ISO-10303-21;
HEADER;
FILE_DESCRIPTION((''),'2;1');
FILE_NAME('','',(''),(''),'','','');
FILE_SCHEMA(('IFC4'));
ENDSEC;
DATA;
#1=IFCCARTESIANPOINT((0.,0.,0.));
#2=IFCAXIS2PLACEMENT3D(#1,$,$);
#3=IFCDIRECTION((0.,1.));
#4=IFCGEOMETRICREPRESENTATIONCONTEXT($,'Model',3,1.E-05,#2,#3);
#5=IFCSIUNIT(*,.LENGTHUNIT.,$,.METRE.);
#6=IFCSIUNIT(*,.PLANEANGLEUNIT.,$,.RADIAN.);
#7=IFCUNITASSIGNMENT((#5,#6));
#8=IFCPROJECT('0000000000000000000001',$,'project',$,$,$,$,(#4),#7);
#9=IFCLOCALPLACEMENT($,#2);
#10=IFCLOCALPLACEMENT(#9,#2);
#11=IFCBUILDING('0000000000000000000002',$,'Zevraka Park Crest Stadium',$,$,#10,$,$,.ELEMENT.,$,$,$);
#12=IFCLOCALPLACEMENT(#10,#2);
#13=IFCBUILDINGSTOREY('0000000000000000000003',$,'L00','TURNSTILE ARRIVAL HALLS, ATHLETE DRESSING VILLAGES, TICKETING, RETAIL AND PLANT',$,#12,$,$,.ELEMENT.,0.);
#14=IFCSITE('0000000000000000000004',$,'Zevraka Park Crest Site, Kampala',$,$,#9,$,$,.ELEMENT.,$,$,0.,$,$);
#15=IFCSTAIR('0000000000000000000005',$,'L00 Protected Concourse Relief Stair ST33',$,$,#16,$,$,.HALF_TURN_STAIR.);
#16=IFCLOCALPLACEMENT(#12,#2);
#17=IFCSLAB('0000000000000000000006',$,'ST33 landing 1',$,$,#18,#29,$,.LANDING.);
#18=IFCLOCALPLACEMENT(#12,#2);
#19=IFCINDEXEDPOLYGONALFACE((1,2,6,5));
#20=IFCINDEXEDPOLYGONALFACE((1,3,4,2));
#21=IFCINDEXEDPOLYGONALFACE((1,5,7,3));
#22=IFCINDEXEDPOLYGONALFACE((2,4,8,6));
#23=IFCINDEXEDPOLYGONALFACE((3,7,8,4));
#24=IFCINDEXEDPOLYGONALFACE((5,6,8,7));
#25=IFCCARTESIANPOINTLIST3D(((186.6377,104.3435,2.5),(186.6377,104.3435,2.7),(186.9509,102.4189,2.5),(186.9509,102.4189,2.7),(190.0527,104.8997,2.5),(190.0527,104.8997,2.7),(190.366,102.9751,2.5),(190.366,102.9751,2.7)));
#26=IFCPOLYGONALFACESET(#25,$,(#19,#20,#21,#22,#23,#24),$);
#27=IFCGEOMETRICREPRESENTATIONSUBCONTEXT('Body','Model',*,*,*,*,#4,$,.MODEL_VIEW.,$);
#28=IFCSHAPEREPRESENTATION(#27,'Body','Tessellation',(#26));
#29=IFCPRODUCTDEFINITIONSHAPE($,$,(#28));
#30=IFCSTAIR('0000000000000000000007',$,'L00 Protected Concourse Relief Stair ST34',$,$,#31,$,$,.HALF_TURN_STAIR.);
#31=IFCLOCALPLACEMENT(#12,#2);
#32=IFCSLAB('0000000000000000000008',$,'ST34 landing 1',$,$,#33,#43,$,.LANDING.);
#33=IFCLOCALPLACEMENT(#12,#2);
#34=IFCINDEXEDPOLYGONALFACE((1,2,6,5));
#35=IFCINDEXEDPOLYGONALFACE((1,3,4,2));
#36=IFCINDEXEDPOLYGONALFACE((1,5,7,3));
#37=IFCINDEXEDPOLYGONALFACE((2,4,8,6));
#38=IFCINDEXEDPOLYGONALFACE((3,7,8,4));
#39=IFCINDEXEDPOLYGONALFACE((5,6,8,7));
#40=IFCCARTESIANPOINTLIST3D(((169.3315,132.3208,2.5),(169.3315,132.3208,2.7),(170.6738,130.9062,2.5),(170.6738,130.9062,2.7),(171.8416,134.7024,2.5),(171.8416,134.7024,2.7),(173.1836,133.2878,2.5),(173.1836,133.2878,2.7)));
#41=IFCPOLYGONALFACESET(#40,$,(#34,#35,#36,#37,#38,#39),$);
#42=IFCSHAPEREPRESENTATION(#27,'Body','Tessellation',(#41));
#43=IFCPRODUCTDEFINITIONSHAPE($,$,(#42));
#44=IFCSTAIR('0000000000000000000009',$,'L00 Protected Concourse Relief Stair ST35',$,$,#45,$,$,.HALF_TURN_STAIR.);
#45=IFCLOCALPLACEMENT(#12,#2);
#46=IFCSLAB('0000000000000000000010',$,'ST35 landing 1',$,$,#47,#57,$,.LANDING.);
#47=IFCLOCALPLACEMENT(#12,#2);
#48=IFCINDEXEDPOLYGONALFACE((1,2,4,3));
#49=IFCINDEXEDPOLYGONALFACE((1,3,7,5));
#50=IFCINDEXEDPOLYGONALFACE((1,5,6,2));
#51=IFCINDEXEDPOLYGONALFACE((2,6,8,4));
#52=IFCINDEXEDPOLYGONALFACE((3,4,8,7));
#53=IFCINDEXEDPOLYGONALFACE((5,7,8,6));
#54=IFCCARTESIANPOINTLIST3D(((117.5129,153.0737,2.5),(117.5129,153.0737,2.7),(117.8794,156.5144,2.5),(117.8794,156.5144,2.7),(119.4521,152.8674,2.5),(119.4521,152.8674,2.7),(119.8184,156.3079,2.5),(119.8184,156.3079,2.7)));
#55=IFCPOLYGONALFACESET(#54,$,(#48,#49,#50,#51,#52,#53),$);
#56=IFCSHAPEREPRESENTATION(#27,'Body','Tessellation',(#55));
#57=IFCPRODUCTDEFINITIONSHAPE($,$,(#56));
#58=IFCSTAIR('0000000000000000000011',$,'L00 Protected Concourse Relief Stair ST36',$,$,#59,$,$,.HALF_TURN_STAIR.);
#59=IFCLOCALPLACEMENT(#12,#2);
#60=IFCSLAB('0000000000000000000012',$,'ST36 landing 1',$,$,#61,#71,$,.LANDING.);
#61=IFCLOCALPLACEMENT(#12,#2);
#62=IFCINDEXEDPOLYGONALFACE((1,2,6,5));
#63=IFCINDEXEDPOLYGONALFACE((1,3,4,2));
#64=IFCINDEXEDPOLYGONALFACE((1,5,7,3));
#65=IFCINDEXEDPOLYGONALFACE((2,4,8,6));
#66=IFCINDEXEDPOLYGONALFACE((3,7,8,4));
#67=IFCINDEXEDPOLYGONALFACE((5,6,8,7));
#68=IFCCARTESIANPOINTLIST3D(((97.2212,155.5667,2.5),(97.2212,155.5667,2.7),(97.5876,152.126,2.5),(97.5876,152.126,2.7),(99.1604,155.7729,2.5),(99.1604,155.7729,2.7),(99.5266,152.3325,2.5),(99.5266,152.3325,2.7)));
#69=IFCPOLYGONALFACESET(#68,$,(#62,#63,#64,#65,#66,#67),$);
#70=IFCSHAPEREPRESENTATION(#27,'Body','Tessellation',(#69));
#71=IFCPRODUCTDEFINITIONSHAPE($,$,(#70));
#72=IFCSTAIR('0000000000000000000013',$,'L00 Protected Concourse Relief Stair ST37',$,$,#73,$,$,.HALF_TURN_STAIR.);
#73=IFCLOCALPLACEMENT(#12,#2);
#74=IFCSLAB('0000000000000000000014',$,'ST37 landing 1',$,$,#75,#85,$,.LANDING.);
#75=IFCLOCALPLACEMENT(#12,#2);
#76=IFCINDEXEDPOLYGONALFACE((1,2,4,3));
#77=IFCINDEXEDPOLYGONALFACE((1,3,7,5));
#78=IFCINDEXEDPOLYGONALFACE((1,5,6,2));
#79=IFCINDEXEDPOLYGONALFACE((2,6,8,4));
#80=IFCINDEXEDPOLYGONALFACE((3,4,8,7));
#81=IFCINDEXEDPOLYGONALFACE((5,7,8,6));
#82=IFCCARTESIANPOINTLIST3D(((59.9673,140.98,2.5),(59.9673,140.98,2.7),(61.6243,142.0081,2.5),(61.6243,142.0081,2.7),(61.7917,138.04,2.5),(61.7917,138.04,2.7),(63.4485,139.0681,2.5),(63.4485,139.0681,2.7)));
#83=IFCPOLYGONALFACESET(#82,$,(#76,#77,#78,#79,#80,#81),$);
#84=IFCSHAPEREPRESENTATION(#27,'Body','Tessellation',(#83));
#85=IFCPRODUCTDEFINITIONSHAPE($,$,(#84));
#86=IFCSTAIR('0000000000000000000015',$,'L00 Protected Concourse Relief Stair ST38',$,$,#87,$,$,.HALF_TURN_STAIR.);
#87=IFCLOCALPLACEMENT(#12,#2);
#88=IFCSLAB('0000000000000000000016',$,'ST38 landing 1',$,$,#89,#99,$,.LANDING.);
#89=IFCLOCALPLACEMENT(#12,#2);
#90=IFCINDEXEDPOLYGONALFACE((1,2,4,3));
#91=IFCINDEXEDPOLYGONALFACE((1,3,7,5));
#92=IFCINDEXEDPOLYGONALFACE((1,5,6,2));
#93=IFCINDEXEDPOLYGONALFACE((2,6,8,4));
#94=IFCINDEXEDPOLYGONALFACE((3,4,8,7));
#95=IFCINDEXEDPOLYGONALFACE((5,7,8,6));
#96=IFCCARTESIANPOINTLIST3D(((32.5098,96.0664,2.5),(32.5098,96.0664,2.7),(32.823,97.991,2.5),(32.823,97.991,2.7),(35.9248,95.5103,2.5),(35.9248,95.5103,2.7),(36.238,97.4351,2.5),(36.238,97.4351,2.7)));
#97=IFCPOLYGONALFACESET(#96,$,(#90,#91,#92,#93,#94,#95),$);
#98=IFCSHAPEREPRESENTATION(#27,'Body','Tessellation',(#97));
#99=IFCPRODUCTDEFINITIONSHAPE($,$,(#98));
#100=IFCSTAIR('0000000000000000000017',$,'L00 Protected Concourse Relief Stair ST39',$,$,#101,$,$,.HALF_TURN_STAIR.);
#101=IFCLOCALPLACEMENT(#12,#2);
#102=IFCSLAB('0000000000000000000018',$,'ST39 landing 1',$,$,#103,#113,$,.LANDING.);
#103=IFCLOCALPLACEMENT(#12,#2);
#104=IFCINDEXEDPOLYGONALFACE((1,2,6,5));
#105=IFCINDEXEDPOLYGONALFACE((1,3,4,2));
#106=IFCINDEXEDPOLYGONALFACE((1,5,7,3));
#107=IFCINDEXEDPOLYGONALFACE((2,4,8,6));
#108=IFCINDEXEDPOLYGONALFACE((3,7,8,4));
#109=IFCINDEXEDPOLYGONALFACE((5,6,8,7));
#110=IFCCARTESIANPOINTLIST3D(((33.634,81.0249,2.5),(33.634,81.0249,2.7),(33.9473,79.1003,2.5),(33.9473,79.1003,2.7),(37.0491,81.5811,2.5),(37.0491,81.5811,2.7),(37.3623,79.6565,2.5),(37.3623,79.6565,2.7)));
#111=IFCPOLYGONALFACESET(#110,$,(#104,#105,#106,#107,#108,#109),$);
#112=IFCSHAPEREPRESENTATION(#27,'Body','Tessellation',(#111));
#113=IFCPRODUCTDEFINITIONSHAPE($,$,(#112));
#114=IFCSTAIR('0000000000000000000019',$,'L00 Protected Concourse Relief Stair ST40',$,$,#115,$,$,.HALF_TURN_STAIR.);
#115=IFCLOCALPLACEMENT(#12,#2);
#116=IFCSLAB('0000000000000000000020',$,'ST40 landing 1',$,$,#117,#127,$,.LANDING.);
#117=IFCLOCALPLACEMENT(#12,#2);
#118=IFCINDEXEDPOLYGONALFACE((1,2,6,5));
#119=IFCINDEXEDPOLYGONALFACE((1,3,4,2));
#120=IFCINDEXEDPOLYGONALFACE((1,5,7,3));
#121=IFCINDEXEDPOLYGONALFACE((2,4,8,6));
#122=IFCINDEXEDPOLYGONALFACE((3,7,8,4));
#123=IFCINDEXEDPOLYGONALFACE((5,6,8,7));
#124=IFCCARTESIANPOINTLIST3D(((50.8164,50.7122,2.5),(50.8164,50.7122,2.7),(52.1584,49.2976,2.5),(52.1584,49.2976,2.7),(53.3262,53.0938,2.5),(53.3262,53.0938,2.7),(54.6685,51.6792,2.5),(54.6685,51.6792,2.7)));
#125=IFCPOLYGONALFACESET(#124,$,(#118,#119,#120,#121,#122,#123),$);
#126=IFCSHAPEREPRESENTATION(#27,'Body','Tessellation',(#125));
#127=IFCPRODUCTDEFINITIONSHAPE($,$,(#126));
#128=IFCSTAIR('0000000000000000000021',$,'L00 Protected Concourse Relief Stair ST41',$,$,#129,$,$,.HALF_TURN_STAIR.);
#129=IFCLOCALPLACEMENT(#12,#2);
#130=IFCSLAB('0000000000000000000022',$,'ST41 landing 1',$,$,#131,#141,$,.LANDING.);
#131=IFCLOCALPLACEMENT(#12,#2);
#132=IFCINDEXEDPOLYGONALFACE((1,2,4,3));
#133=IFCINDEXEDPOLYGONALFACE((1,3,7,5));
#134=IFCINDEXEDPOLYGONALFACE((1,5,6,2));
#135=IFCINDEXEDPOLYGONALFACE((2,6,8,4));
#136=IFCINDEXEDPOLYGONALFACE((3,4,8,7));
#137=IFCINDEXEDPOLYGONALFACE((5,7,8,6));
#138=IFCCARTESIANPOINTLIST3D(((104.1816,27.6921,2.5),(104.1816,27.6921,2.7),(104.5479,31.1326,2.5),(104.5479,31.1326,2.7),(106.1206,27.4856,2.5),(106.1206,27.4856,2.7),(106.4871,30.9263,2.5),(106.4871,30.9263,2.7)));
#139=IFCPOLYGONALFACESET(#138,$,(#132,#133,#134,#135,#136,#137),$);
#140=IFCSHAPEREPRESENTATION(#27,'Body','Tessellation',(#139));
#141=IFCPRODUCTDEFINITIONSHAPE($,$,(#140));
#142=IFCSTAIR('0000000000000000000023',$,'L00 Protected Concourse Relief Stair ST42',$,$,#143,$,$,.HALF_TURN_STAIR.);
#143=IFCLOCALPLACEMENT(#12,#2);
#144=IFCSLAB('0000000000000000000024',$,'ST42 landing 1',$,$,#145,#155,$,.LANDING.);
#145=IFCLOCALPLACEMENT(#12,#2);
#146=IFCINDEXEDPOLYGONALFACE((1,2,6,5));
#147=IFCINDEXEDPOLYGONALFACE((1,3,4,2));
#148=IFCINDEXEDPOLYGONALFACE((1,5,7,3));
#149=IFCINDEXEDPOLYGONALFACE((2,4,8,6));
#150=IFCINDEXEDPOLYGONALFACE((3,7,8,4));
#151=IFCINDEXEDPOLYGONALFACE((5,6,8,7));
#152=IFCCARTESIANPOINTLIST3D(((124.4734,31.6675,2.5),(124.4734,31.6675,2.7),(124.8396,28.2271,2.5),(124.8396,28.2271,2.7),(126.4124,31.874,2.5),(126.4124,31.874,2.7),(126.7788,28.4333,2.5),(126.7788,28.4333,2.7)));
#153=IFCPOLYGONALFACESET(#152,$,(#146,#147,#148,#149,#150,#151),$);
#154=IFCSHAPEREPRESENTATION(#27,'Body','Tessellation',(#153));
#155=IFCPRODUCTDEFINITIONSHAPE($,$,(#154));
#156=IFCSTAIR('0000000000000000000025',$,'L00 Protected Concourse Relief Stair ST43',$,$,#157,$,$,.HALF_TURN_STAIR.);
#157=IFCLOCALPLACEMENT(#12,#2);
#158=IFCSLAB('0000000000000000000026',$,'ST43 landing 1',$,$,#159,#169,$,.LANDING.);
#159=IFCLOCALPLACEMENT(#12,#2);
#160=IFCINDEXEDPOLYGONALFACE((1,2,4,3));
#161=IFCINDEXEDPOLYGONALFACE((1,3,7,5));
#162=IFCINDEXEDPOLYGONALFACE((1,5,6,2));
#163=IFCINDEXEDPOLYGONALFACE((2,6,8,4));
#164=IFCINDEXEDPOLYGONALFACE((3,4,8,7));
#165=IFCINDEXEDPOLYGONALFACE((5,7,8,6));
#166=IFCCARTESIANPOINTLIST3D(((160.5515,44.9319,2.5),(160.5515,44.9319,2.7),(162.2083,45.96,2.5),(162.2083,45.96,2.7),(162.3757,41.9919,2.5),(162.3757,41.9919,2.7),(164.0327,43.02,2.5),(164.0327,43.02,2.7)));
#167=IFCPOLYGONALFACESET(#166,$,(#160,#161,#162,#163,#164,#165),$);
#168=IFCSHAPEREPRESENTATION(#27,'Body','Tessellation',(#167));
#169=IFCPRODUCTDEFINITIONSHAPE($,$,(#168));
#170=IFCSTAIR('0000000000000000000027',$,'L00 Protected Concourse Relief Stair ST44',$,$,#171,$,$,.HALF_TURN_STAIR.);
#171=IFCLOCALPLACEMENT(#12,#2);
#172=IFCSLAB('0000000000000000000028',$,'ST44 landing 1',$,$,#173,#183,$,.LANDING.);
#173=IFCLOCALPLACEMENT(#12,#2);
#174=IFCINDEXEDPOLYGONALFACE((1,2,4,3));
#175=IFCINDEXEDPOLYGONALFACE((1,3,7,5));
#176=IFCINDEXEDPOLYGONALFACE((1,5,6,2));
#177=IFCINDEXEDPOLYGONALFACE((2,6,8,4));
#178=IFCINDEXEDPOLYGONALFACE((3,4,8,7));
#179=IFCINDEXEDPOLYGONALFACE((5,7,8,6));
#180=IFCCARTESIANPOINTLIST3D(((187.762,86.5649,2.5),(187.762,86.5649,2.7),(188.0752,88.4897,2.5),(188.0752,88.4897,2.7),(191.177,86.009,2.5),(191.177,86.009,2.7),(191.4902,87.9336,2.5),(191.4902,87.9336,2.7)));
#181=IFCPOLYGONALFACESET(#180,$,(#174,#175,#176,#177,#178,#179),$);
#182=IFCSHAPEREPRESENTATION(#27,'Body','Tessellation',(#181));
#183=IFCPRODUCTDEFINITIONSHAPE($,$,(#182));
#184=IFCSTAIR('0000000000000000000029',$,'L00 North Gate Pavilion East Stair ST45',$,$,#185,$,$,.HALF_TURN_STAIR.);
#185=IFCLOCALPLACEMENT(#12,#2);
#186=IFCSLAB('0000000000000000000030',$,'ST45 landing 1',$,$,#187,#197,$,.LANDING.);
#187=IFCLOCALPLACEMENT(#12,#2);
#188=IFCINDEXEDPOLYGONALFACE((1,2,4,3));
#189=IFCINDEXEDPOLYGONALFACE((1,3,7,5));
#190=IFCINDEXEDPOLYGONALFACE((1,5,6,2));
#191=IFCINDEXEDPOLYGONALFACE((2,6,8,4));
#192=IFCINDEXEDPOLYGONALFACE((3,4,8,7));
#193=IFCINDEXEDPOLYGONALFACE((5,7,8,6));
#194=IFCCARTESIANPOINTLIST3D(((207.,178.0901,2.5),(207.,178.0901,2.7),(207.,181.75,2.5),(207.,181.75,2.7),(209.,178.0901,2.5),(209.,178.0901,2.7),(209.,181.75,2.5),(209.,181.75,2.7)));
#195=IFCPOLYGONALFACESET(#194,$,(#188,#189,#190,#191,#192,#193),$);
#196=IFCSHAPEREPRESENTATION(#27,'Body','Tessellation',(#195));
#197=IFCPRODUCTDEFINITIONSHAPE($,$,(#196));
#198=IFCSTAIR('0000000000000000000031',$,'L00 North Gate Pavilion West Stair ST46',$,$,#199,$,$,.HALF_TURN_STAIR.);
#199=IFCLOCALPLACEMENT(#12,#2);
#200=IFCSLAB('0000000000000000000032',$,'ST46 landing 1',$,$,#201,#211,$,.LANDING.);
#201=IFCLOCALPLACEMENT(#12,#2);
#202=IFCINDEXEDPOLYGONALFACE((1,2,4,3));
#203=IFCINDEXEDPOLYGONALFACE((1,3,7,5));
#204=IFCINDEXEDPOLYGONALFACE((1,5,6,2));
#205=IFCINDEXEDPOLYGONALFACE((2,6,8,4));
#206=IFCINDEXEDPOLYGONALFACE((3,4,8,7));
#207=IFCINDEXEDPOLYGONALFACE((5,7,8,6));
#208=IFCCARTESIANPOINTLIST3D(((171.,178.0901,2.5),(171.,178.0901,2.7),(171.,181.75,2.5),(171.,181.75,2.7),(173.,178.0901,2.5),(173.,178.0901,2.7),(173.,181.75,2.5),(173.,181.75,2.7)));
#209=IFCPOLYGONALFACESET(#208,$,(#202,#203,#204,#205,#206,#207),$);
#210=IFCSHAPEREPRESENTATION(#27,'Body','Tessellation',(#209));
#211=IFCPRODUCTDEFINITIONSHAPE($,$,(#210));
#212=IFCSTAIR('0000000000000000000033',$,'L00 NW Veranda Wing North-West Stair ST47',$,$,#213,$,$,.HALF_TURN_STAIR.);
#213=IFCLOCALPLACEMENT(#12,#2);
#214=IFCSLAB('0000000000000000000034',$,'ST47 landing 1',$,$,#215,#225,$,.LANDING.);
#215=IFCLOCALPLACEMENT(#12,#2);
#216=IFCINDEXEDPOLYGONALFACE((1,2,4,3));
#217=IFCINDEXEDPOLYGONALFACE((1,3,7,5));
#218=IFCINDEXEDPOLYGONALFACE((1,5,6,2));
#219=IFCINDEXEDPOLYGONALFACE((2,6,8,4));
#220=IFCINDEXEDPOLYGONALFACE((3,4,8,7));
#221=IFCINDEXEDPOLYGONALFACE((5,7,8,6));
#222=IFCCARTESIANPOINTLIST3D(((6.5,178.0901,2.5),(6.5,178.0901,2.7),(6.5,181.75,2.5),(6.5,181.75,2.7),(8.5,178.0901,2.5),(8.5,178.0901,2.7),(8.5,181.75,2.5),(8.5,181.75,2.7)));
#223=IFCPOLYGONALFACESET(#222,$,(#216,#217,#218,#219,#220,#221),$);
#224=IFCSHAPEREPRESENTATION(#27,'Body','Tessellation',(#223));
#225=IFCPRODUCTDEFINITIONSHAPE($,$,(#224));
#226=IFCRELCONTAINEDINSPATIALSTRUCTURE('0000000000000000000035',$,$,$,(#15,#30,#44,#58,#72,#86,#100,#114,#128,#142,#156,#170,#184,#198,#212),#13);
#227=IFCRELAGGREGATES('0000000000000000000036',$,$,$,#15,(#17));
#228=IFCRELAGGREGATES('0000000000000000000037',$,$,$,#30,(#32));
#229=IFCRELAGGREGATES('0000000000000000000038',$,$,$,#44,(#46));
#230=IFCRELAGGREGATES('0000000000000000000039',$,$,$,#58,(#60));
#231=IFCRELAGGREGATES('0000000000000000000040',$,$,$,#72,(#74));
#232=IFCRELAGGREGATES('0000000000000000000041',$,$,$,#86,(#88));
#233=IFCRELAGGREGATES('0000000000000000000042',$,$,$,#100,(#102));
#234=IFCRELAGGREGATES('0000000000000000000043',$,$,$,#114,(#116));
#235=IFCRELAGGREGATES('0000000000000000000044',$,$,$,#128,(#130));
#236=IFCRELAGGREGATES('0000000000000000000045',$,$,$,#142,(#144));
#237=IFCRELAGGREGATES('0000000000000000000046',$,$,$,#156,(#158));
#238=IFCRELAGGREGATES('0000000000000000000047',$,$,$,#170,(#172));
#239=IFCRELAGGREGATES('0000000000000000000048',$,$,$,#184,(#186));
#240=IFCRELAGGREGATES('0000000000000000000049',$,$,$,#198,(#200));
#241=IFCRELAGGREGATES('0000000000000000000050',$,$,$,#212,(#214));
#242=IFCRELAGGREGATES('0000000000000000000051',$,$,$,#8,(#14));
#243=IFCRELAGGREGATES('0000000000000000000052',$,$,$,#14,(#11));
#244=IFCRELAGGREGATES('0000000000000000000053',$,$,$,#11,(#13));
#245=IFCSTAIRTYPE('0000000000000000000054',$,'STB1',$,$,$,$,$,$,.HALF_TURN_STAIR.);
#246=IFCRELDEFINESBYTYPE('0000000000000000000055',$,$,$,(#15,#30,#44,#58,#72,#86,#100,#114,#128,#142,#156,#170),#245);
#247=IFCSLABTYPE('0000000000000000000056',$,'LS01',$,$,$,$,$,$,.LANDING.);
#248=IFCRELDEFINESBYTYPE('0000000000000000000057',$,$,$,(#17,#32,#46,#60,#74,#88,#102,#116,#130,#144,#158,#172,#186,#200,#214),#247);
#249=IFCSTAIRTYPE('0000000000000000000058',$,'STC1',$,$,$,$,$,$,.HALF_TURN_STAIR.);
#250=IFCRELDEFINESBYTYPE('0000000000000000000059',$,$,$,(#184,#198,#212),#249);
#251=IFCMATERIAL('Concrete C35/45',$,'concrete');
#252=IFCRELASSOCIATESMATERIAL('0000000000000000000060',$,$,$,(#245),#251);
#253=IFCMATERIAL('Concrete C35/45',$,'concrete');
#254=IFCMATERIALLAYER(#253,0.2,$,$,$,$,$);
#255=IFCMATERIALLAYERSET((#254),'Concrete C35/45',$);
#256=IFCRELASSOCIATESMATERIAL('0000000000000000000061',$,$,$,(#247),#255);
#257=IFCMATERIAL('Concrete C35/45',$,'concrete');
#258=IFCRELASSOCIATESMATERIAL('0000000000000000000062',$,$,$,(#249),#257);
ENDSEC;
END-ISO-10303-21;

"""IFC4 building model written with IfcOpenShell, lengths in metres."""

from ifc_helpers import new_model, si_unit, direction, frame, origin, place, context, subcontext, project, spatial, polyline, outline, extrude, material, layer, layer_set, type_object, element, aggregate, save


model = new_model("IFC4")

# Units and contexts
model_context = context("Model", 3, precision=1e-05, world=origin(), true_north=direction((0.0, 1.0)))
body_context = subcontext(model_context, "Body", "Model", "MODEL_VIEW")
ifc_project = project(units=[si_unit("LENGTHUNIT", "METRE"), si_unit("PLANEANGLEUNIT", "RADIAN")], contexts=[model_context])

# Site, building, storey
site_placement = place(None, origin())
site = spatial("IfcSite", under=ifc_project, at=site_placement, Name="Zevraka Park Crest Site, Kampala", CompositionType="ELEMENT", RefElevation=0.0)
building_placement = place(site_placement, origin())
building = spatial("IfcBuilding", under=site, at=building_placement, Name="Zevraka Park Crest Stadium", CompositionType="ELEMENT")
storey_placement = place(building_placement, origin())
storey = spatial("IfcBuildingStorey", under=building, at=storey_placement, Name="L00", Description="TURNSTILE ARRIVAL HALLS, ATHLETE DRESSING VILLAGES, TICKETING, RETAIL AND PLANT", CompositionType="ELEMENT", Elevation=0.0)

# Stairs, slabs
ifc_material_1 = material(Name="Concrete C35/45", Category="concrete")
stair_type_1 = type_object("IfcStairType", Name="STB1", PredefinedType="HALF_TURN_STAIR", material=ifc_material_1)
stair_1_placement = place(storey_placement, origin())
stair_1 = element("IfcStair", 1, at=stair_1_placement, inside=storey, type_object=stair_type_1, Name="L00 Protected Concourse Relief Stair ST33", PredefinedType="HALF_TURN_STAIR")
ifc_material_2 = material(Name="Concrete C35/45", Category="concrete")
ifc_layer = layer(ifc_material_2, 0.2)
ifc_layer_set = layer_set([ifc_layer], Name="Concrete C35/45")
slab_type = type_object("IfcSlabType", Name="LS01", PredefinedType="LANDING", material=ifc_layer_set)
slab_1_placement = place(storey_placement, frame((0.0, 0.0, 2.5)))
slab_1 = element("IfcSlab", 2, at=slab_1_placement, type_object=slab_type, Name="ST33 landing 1", PredefinedType="LANDING", context=body_context, shape_type="SweptSolid", body=[
    extrude(outline(polyline([(190.366, 102.9751), (190.0527, 104.8997), (186.6377, 104.3435), (186.9509, 102.4189), (190.366, 102.9751)])), origin(), (0.0, 0.0, 1.0), 0.2),
])
aggregate(stair_1, [slab_1])
stair_2_placement = place(storey_placement, origin())
stair_2 = element("IfcStair", 3, at=stair_2_placement, inside=storey, type_object=stair_type_1, Name="L00 Protected Concourse Relief Stair ST34", PredefinedType="HALF_TURN_STAIR")
slab_2_placement = place(storey_placement, frame((0.0, 0.0, 2.5)))
slab_2 = element("IfcSlab", 4, at=slab_2_placement, type_object=slab_type, Name="ST34 landing 1", PredefinedType="LANDING", context=body_context, shape_type="SweptSolid", body=[
    extrude(outline(polyline([(173.1836, 133.2878), (171.8416, 134.7024), (169.3315, 132.3208), (170.6738, 130.9062), (173.1836, 133.2878)])), origin(), (0.0, 0.0, 1.0), 0.2),
])
aggregate(stair_2, [slab_2])
stair_3_placement = place(storey_placement, origin())
stair_3 = element("IfcStair", 5, at=stair_3_placement, inside=storey, type_object=stair_type_1, Name="L00 Protected Concourse Relief Stair ST35", PredefinedType="HALF_TURN_STAIR")
slab_3_placement = place(storey_placement, frame((0.0, 0.0, 2.5)))
slab_3 = element("IfcSlab", 6, at=slab_3_placement, type_object=slab_type, Name="ST35 landing 1", PredefinedType="LANDING", context=body_context, shape_type="SweptSolid", body=[
    extrude(outline(polyline([(119.8184, 156.3079), (117.8794, 156.5144), (117.5129, 153.0737), (119.4521, 152.8674), (119.8184, 156.3079)])), origin(), (0.0, 0.0, 1.0), 0.2),
])
aggregate(stair_3, [slab_3])
stair_4_placement = place(storey_placement, origin())
stair_4 = element("IfcStair", 7, at=stair_4_placement, inside=storey, type_object=stair_type_1, Name="L00 Protected Concourse Relief Stair ST36", PredefinedType="HALF_TURN_STAIR")
slab_4_placement = place(storey_placement, frame((0.0, 0.0, 2.5)))
slab_4 = element("IfcSlab", 8, at=slab_4_placement, type_object=slab_type, Name="ST36 landing 1", PredefinedType="LANDING", context=body_context, shape_type="SweptSolid", body=[
    extrude(outline(polyline([(99.1604, 155.7729), (97.2212, 155.5667), (97.5876, 152.126), (99.5266, 152.3325), (99.1604, 155.7729)])), origin(), (0.0, 0.0, 1.0), 0.2),
])
aggregate(stair_4, [slab_4])
stair_5_placement = place(storey_placement, origin())
stair_5 = element("IfcStair", 9, at=stair_5_placement, inside=storey, type_object=stair_type_1, Name="L00 Protected Concourse Relief Stair ST37", PredefinedType="HALF_TURN_STAIR")
slab_5_placement = place(storey_placement, frame((0.0, 0.0, 2.5)))
slab_5 = element("IfcSlab", 10, at=slab_5_placement, type_object=slab_type, Name="ST37 landing 1", PredefinedType="LANDING", context=body_context, shape_type="SweptSolid", body=[
    extrude(outline(polyline([(61.6243, 142.0081), (59.9673, 140.98), (61.7917, 138.04), (63.4485, 139.0681), (61.6243, 142.0081)])), origin(), (0.0, 0.0, 1.0), 0.2),
])
aggregate(stair_5, [slab_5])
stair_6_placement = place(storey_placement, origin())
stair_6 = element("IfcStair", 11, at=stair_6_placement, inside=storey, type_object=stair_type_1, Name="L00 Protected Concourse Relief Stair ST38", PredefinedType="HALF_TURN_STAIR")
slab_6_placement = place(storey_placement, frame((0.0, 0.0, 2.5)))
slab_6 = element("IfcSlab", 12, at=slab_6_placement, type_object=slab_type, Name="ST38 landing 1", PredefinedType="LANDING", context=body_context, shape_type="SweptSolid", body=[
    extrude(outline(polyline([(32.823, 97.991), (32.5098, 96.0664), (35.9248, 95.5103), (36.238, 97.4351), (32.823, 97.991)])), origin(), (0.0, 0.0, 1.0), 0.2),
])
aggregate(stair_6, [slab_6])
stair_7_placement = place(storey_placement, origin())
stair_7 = element("IfcStair", 13, at=stair_7_placement, inside=storey, type_object=stair_type_1, Name="L00 Protected Concourse Relief Stair ST39", PredefinedType="HALF_TURN_STAIR")
slab_7_placement = place(storey_placement, frame((0.0, 0.0, 2.5)))
slab_7 = element("IfcSlab", 14, at=slab_7_placement, type_object=slab_type, Name="ST39 landing 1", PredefinedType="LANDING", context=body_context, shape_type="SweptSolid", body=[
    extrude(outline(polyline([(33.634, 81.0249), (33.9473, 79.1003), (37.3623, 79.6565), (37.0491, 81.5811), (33.634, 81.0249)])), origin(), (0.0, 0.0, 1.0), 0.2),
])
aggregate(stair_7, [slab_7])
stair_8_placement = place(storey_placement, origin())
stair_8 = element("IfcStair", 15, at=stair_8_placement, inside=storey, type_object=stair_type_1, Name="L00 Protected Concourse Relief Stair ST40", PredefinedType="HALF_TURN_STAIR")
slab_8_placement = place(storey_placement, frame((0.0, 0.0, 2.5)))
slab_8 = element("IfcSlab", 16, at=slab_8_placement, type_object=slab_type, Name="ST40 landing 1", PredefinedType="LANDING", context=body_context, shape_type="SweptSolid", body=[
    extrude(outline(polyline([(50.8164, 50.7122), (52.1584, 49.2976), (54.6685, 51.6792), (53.3262, 53.0938), (50.8164, 50.7122)])), origin(), (0.0, 0.0, 1.0), 0.2),
])
aggregate(stair_8, [slab_8])
stair_9_placement = place(storey_placement, origin())
stair_9 = element("IfcStair", 17, at=stair_9_placement, inside=storey, type_object=stair_type_1, Name="L00 Protected Concourse Relief Stair ST41", PredefinedType="HALF_TURN_STAIR")
slab_9_placement = place(storey_placement, frame((0.0, 0.0, 2.5)))
slab_9 = element("IfcSlab", 18, at=slab_9_placement, type_object=slab_type, Name="ST41 landing 1", PredefinedType="LANDING", context=body_context, shape_type="SweptSolid", body=[
    extrude(outline(polyline([(104.1816, 27.6921), (106.1206, 27.4856), (106.4871, 30.9263), (104.5479, 31.1326), (104.1816, 27.6921)])), origin(), (0.0, 0.0, 1.0), 0.2),
])
aggregate(stair_9, [slab_9])
stair_10_placement = place(storey_placement, origin())
stair_10 = element("IfcStair", 19, at=stair_10_placement, inside=storey, type_object=stair_type_1, Name="L00 Protected Concourse Relief Stair ST42", PredefinedType="HALF_TURN_STAIR")
slab_10_placement = place(storey_placement, frame((0.0, 0.0, 2.5)))
slab_10 = element("IfcSlab", 20, at=slab_10_placement, type_object=slab_type, Name="ST42 landing 1", PredefinedType="LANDING", context=body_context, shape_type="SweptSolid", body=[
    extrude(outline(polyline([(124.8396, 28.2271), (126.7788, 28.4333), (126.4124, 31.874), (124.4734, 31.6675), (124.8396, 28.2271)])), origin(), (0.0, 0.0, 1.0), 0.2),
])
aggregate(stair_10, [slab_10])
stair_11_placement = place(storey_placement, origin())
stair_11 = element("IfcStair", 21, at=stair_11_placement, inside=storey, type_object=stair_type_1, Name="L00 Protected Concourse Relief Stair ST43", PredefinedType="HALF_TURN_STAIR")
slab_11_placement = place(storey_placement, frame((0.0, 0.0, 2.5)))
slab_11 = element("IfcSlab", 22, at=slab_11_placement, type_object=slab_type, Name="ST43 landing 1", PredefinedType="LANDING", context=body_context, shape_type="SweptSolid", body=[
    extrude(outline(polyline([(162.3757, 41.9919), (164.0327, 43.02), (162.2083, 45.96), (160.5515, 44.9319), (162.3757, 41.9919)])), origin(), (0.0, 0.0, 1.0), 0.2),
])
aggregate(stair_11, [slab_11])
stair_12_placement = place(storey_placement, origin())
stair_12 = element("IfcStair", 23, at=stair_12_placement, inside=storey, type_object=stair_type_1, Name="L00 Protected Concourse Relief Stair ST44", PredefinedType="HALF_TURN_STAIR")
slab_12_placement = place(storey_placement, frame((0.0, 0.0, 2.5)))
slab_12 = element("IfcSlab", 24, at=slab_12_placement, type_object=slab_type, Name="ST44 landing 1", PredefinedType="LANDING", context=body_context, shape_type="SweptSolid", body=[
    extrude(outline(polyline([(191.177, 86.009), (191.4902, 87.9336), (188.0752, 88.4897), (187.762, 86.5649), (191.177, 86.009)])), origin(), (0.0, 0.0, 1.0), 0.2),
])
aggregate(stair_12, [slab_12])
ifc_material_3 = material(Name="Concrete C35/45", Category="concrete")
stair_type_2 = type_object("IfcStairType", Name="STC1", PredefinedType="HALF_TURN_STAIR", material=ifc_material_3)
stair_13_placement = place(storey_placement, origin())
stair_13 = element("IfcStair", 25, at=stair_13_placement, inside=storey, type_object=stair_type_2, Name="L00 North Gate Pavilion East Stair ST45", PredefinedType="HALF_TURN_STAIR")
slab_13_placement = place(storey_placement, frame((0.0, 0.0, 2.5)))
slab_13 = element("IfcSlab", 26, at=slab_13_placement, type_object=slab_type, Name="ST45 landing 1", PredefinedType="LANDING", context=body_context, shape_type="SweptSolid", body=[
    extrude(outline(polyline([(207.0, 178.0901), (209.0, 178.0901), (209.0, 181.75), (207.0, 181.75), (207.0, 178.0901)])), origin(), (0.0, 0.0, 1.0), 0.2),
])
aggregate(stair_13, [slab_13])
stair_14_placement = place(storey_placement, origin())
stair_14 = element("IfcStair", 27, at=stair_14_placement, inside=storey, type_object=stair_type_2, Name="L00 North Gate Pavilion West Stair ST46", PredefinedType="HALF_TURN_STAIR")
slab_14_placement = place(storey_placement, frame((0.0, 0.0, 2.5)))
slab_14 = element("IfcSlab", 28, at=slab_14_placement, type_object=slab_type, Name="ST46 landing 1", PredefinedType="LANDING", context=body_context, shape_type="SweptSolid", body=[
    extrude(outline(polyline([(171.0, 178.0901), (173.0, 178.0901), (173.0, 181.75), (171.0, 181.75), (171.0, 178.0901)])), origin(), (0.0, 0.0, 1.0), 0.2),
])
aggregate(stair_14, [slab_14])
stair_15_placement = place(storey_placement, origin())
stair_15 = element("IfcStair", 29, at=stair_15_placement, inside=storey, type_object=stair_type_2, Name="L00 NW Veranda Wing North-West Stair ST47", PredefinedType="HALF_TURN_STAIR")
slab_15_placement = place(storey_placement, frame((0.0, 0.0, 2.5)))
slab_15 = element("IfcSlab", 30, at=slab_15_placement, type_object=slab_type, Name="ST47 landing 1", PredefinedType="LANDING", context=body_context, shape_type="SweptSolid", body=[
    extrude(outline(polyline([(8.5, 181.75), (6.5, 181.75), (6.5, 178.0901), (8.5, 178.0901), (8.5, 181.75)])), origin(), (0.0, 0.0, 1.0), 0.2),
])
aggregate(stair_15, [slab_15])

save(model, "model.ifc")
